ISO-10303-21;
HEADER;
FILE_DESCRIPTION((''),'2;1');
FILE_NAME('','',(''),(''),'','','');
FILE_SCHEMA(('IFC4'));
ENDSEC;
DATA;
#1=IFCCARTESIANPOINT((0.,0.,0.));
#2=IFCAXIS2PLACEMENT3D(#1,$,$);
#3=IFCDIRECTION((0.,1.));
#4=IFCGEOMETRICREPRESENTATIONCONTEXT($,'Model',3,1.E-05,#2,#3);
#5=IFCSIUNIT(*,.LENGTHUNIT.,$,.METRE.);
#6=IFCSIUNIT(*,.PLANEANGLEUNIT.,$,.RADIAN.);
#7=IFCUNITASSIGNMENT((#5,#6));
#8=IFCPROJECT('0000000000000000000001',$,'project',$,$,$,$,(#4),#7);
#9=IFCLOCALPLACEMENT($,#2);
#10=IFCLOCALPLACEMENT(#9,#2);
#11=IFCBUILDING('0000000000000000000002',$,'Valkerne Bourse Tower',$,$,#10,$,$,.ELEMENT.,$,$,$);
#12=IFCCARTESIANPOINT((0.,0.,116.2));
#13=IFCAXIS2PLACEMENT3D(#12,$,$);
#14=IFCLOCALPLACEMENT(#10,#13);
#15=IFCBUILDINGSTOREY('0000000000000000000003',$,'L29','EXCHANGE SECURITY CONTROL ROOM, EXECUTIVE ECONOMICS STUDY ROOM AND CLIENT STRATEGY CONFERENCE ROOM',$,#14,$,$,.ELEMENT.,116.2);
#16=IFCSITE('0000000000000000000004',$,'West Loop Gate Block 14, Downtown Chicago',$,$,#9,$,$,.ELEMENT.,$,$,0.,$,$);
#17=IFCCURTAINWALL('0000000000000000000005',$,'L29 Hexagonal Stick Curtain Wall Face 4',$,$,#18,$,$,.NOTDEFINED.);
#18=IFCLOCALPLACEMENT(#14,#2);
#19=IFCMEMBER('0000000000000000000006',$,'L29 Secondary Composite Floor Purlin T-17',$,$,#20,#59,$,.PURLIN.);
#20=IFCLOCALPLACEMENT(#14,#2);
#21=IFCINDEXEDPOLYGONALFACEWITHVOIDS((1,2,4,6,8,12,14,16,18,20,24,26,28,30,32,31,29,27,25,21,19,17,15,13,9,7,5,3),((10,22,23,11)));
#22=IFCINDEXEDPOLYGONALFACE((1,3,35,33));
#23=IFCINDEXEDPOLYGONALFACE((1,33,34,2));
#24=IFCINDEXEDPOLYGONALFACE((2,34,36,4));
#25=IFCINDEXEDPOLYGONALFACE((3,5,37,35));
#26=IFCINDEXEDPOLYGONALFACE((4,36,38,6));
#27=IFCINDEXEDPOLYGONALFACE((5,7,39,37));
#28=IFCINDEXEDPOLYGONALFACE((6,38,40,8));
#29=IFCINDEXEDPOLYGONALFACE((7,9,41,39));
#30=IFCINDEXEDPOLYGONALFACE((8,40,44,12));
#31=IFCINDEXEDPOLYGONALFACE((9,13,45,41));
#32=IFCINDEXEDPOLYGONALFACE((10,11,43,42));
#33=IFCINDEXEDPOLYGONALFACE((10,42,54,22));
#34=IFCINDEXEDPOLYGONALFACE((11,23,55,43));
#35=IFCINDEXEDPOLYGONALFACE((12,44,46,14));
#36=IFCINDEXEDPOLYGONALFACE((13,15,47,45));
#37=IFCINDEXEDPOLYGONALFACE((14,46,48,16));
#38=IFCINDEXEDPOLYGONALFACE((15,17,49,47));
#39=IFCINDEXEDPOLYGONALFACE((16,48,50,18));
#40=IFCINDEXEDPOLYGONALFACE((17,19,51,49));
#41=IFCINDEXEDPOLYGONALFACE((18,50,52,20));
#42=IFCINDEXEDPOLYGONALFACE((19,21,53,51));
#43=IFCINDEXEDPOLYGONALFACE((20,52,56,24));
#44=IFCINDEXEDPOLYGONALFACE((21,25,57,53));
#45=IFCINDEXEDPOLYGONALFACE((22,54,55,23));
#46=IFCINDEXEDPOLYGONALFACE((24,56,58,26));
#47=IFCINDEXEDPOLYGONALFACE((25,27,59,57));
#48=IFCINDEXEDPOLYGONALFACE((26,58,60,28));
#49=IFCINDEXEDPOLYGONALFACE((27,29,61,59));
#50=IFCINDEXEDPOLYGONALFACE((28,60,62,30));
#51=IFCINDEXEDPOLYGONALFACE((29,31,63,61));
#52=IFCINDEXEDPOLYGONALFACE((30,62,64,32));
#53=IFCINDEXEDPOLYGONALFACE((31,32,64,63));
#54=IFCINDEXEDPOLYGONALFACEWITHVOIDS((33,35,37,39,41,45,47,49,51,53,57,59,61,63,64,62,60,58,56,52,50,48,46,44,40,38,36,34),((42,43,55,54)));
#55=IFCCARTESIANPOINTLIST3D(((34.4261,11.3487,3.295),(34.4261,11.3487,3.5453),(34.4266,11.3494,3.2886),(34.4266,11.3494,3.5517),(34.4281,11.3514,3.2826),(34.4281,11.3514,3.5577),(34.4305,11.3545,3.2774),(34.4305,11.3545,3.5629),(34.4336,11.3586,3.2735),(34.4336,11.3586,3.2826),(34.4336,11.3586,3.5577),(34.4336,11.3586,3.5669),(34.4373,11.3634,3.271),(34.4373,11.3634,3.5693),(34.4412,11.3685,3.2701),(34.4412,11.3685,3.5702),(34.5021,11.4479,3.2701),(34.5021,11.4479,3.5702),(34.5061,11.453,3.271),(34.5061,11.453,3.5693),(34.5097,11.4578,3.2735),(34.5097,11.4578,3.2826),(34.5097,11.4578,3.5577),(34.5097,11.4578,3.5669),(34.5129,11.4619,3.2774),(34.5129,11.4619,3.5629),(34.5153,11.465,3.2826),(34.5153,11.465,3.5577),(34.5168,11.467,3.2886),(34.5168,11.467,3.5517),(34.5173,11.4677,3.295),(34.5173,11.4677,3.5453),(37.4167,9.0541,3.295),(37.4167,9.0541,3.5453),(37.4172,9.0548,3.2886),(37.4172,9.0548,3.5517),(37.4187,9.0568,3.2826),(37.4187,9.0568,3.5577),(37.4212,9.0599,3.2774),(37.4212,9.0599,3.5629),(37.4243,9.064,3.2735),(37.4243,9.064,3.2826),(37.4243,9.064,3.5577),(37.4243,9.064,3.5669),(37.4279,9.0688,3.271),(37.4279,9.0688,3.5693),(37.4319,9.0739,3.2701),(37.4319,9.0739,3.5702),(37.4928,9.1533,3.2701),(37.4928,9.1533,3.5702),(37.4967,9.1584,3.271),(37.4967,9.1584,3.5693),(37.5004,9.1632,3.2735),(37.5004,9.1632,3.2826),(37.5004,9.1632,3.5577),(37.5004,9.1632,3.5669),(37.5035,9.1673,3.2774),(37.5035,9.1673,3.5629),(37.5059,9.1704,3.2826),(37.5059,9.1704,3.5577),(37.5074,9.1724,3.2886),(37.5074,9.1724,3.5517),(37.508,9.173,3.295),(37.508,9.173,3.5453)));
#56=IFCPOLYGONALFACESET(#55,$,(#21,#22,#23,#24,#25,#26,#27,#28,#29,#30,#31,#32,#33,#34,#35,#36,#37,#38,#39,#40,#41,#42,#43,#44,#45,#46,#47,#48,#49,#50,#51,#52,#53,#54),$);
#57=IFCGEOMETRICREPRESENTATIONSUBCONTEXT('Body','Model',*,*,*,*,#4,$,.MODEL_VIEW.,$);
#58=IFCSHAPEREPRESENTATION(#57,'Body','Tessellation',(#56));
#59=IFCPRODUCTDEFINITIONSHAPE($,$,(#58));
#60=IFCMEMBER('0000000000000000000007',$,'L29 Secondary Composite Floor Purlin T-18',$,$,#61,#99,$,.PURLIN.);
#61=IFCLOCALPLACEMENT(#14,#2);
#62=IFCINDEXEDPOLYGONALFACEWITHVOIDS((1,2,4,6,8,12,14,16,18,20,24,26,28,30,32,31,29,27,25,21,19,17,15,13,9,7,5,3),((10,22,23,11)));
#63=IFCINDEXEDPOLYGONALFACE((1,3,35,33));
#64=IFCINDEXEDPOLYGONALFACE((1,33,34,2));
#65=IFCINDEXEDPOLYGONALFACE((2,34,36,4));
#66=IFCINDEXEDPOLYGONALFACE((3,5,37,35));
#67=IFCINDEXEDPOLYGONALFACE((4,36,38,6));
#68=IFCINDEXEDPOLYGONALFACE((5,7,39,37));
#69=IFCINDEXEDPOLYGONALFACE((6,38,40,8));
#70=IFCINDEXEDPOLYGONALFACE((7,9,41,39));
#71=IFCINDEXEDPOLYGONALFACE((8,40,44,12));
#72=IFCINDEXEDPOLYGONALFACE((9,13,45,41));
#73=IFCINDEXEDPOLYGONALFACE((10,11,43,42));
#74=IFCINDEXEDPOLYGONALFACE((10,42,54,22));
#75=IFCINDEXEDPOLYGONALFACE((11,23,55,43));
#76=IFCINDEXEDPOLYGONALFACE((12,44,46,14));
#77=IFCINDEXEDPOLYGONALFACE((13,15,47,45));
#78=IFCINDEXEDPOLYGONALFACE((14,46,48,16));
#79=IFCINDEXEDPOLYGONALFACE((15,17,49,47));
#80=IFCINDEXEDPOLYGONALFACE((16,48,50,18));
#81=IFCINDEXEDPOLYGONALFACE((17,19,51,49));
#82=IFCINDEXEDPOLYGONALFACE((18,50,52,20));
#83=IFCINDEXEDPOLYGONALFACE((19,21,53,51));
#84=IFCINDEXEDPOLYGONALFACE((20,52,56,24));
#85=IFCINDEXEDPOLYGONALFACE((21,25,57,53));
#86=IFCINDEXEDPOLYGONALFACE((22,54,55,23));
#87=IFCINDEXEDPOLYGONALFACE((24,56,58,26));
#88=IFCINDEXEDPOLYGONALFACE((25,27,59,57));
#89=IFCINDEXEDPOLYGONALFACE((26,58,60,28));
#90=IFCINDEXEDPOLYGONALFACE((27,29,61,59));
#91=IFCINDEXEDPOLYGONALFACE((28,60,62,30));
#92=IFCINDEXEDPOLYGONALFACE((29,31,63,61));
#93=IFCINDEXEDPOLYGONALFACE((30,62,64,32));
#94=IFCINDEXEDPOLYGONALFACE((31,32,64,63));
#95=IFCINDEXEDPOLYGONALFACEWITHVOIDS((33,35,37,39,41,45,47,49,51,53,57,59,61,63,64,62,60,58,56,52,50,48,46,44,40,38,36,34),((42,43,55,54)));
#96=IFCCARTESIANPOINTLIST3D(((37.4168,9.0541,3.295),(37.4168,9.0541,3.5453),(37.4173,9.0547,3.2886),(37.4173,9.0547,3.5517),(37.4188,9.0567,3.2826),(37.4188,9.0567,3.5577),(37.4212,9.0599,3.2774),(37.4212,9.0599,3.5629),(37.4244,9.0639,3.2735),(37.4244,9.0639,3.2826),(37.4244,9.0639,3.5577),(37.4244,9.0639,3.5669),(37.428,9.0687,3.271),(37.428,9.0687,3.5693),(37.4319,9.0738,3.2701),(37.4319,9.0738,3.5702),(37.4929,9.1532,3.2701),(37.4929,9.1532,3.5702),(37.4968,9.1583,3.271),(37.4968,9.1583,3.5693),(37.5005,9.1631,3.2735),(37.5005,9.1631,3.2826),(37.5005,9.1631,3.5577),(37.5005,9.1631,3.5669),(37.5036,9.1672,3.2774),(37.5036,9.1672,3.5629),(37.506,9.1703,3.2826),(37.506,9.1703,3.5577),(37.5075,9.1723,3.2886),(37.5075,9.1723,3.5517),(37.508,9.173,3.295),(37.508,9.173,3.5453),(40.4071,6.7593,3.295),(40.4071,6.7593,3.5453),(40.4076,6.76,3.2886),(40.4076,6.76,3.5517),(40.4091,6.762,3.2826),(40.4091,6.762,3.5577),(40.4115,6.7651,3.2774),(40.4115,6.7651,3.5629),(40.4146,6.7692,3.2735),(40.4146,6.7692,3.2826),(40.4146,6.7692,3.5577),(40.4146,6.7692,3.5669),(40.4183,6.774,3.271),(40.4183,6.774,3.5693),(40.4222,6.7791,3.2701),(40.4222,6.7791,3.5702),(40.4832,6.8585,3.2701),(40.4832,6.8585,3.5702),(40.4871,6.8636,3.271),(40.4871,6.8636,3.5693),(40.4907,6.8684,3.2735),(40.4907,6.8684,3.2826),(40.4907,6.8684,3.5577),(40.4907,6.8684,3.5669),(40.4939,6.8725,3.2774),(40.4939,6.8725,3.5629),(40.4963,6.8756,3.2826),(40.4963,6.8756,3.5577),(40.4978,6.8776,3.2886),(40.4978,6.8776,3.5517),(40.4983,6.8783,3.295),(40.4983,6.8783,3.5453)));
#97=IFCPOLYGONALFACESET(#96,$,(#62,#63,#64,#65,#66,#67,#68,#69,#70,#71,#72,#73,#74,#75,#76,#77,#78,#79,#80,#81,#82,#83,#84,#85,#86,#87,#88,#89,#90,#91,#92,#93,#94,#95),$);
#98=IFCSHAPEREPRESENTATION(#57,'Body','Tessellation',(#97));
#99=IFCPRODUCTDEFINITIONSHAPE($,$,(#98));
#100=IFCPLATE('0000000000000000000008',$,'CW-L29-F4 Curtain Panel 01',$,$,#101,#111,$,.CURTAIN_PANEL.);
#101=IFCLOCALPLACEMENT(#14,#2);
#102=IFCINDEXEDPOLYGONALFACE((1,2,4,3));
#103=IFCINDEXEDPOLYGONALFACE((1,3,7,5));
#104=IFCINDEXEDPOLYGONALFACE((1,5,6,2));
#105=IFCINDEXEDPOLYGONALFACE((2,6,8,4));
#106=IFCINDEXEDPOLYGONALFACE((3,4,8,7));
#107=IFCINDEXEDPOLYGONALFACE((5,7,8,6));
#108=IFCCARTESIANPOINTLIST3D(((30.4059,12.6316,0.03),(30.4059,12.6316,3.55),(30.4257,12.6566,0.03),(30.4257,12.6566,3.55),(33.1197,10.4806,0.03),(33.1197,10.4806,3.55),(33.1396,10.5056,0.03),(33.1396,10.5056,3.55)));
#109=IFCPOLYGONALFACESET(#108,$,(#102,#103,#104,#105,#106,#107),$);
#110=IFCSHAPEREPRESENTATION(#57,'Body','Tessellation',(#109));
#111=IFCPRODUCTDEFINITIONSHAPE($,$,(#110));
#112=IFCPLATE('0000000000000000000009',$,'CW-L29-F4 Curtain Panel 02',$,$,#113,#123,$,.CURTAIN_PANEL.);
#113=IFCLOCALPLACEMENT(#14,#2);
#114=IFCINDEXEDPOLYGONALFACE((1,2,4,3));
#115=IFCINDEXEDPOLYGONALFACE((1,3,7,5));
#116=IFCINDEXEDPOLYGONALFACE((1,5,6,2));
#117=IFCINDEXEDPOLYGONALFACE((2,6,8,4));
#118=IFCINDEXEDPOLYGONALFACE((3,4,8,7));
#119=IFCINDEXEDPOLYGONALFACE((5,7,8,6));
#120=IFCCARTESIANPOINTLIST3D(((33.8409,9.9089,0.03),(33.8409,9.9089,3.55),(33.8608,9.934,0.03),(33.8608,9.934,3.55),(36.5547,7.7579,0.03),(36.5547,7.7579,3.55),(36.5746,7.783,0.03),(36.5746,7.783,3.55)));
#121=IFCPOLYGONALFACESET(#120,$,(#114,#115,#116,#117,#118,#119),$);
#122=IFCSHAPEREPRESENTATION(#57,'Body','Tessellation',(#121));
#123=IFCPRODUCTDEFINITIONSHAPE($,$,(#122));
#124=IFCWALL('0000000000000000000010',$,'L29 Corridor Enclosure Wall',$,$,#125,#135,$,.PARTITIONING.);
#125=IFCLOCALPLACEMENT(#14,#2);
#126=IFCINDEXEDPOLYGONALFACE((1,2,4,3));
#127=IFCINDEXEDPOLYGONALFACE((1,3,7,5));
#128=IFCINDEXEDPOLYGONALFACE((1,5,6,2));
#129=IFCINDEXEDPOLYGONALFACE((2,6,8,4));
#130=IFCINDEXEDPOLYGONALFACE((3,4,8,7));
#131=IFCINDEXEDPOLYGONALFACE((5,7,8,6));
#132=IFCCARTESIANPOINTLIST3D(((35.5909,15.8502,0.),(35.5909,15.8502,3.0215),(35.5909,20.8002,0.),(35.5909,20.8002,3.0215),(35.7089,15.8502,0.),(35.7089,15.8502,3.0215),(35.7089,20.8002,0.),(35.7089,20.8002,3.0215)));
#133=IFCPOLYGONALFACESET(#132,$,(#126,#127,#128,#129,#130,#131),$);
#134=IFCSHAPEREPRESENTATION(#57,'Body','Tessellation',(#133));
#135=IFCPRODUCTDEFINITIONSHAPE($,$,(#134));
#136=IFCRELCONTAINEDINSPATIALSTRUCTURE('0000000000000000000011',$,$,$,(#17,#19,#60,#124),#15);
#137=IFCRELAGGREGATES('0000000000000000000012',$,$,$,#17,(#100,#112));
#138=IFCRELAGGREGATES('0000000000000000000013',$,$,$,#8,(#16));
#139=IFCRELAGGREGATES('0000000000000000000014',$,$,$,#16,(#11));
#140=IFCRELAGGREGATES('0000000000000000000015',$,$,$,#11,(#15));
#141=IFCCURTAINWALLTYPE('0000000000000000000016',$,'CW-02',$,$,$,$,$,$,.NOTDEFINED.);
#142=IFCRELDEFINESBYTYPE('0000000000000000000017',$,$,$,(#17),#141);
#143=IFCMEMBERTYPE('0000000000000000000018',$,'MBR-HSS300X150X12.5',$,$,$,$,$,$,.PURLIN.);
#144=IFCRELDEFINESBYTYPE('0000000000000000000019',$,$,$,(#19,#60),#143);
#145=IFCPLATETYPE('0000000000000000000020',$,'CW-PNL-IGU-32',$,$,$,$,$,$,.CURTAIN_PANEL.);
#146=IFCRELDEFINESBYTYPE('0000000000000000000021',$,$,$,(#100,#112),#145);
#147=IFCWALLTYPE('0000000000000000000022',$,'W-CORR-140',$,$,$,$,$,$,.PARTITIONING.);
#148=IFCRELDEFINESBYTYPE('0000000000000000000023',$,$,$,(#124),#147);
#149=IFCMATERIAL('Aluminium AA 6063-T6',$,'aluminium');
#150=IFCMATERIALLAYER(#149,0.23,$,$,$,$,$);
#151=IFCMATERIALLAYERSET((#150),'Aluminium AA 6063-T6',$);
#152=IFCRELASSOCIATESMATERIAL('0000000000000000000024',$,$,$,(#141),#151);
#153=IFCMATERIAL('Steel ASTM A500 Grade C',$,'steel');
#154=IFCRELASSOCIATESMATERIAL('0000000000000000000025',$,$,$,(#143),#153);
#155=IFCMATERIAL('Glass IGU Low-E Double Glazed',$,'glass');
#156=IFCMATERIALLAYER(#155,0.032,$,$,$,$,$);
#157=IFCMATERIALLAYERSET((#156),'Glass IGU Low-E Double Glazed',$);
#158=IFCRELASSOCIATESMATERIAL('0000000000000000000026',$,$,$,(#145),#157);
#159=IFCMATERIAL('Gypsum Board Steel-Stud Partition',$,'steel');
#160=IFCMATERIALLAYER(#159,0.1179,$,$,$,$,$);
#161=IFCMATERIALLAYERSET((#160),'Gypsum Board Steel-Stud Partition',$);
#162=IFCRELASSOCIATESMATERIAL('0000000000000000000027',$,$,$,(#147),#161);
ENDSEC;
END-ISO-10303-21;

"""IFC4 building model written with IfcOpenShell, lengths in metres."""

from ifc_helpers import new_model, si_unit, direction, frame, frame_2d, origin, origin_2d, place, context, subcontext, project, spatial, rectangle, hollow_rectangle, extrude, material, layer, layer_set, material_profile, profile_set, type_object, element, aggregate, save


model = new_model("IFC4")

# Units and contexts
model_context = context("Model", 3, precision=1e-05, world=origin(), true_north=direction((0.0, 1.0)))
body_context = subcontext(model_context, "Body", "Model", "MODEL_VIEW")
ifc_project = project(units=[si_unit("LENGTHUNIT", "METRE"), si_unit("PLANEANGLEUNIT", "RADIAN")], contexts=[model_context])

# Site, building, storey
site_placement = place(None, origin())
site = spatial("IfcSite", under=ifc_project, at=site_placement, Name="West Loop Gate Block 14, Downtown Chicago", CompositionType="ELEMENT", RefElevation=0.0)
building_placement = place(site_placement, origin())
building = spatial("IfcBuilding", under=site, at=building_placement, Name="Valkerne Bourse Tower", CompositionType="ELEMENT")
storey_placement = place(building_placement, frame((0.0, 0.0, 116.2)))
storey = spatial("IfcBuildingStorey", under=building, at=storey_placement, Name="L29", Description="EXCHANGE SECURITY CONTROL ROOM, EXECUTIVE ECONOMICS STUDY ROOM AND CLIENT STRATEGY CONFERENCE ROOM", CompositionType="ELEMENT", Elevation=116.2)

# Curtain wall
ifc_material_1 = material(Name="Aluminium AA 6063-T6", Category="aluminium")
ifc_layer_1 = layer(ifc_material_1, 0.23)
ifc_layer_set_1 = layer_set([ifc_layer_1], Name="Aluminium AA 6063-T6")
curtain_wall_type = type_object("IfcCurtainWallType", Name="CW-02", PredefinedType="NOTDEFINED", material=ifc_layer_set_1)
curtain_wall_placement = place(storey_placement, origin())
curtain_wall = element("IfcCurtainWall", 1, at=curtain_wall_placement, inside=storey, type_object=curtain_wall_type, Name="L29 Hexagonal Stick Curtain Wall Face 4", PredefinedType="NOTDEFINED")

# Members
ifc_material_2 = material(Name="Steel ASTM A500 Grade C", Category="steel")
ifc_material_profile_1 = material_profile(ifc_material_2, hollow_rectangle(XDim=0.1499, YDim=0.3, WallThickness=0.0125, OuterFilletRadius=0.0249, at=origin_2d()), Name="HSS300X150X12.5")
ifc_profile_set_1 = profile_set([ifc_material_profile_1], Name="Steel ASTM A500 Grade C")
member_type_1 = type_object("IfcMemberType", Name="MBR-HSS300X150X12.5", PredefinedType="PURLIN", material=ifc_profile_set_1)
member_1_placement = place(storey_placement, frame((34.4717, 11.4082, 3.4202), z_axis=(0.793377, -0.608731, 0.0), x_axis=(0.608731, 0.793377, 0.0)))
element("IfcMember", 2, at=member_1_placement, inside=storey, type_object=member_type_1, Name="L29 Secondary Composite Floor Purlin T-17", PredefinedType="PURLIN", context=body_context, shape_type="SweptSolid", body=[
    extrude(hollow_rectangle(XDim=0.1499, YDim=0.3, WallThickness=0.0125, OuterFilletRadius=0.0249, at=origin_2d()), origin(), (0.0, 0.0, 1.0), 3.7695),
])
member_2_placement = place(storey_placement, frame((37.4624, 9.1135, 3.4202), z_axis=(0.793329, -0.608793, 0.0), x_axis=(0.608793, 0.793329, 0.0)))
element("IfcMember", 3, at=member_2_placement, inside=storey, type_object=member_type_1, Name="L29 Secondary Composite Floor Purlin T-18", PredefinedType="PURLIN", context=body_context, shape_type="SweptSolid", body=[
    extrude(hollow_rectangle(XDim=0.1499, YDim=0.3, WallThickness=0.0125, OuterFilletRadius=0.0249, at=origin_2d()), origin(), (0.0, 0.0, 1.0), 3.7693),
])

# Plates
ifc_material_3 = material(Name="Glass IGU Low-E Double Glazed", Category="glass")
ifc_layer_2 = layer(ifc_material_3, 0.032)
ifc_layer_set_2 = layer_set([ifc_layer_2], Name="Glass IGU Low-E Double Glazed")
plate_type = type_object("IfcPlateType", Name="CW-PNL-IGU-32", PredefinedType="CURTAIN_PANEL", material=ifc_layer_set_2)
plate_1_placement = place(storey_placement, frame((31.7727, 11.5686, 0.03), z_axis=(0.0, 0.0, 1.0), x_axis=(0.78369, -0.621152, 0.0)))
plate_1 = element("IfcPlate", 4, at=plate_1_placement, type_object=plate_type, Name="CW-L29-F4 Curtain Panel 01", PredefinedType="CURTAIN_PANEL", context=body_context, shape_type="SweptSolid", body=[
    extrude(rectangle(XDim=3.4629, YDim=0.032, at=origin_2d()), origin(), (0.0, 0.0, 1.0), 3.52),
])
plate_2_placement = place(storey_placement, frame((35.2078, 8.8459, 0.03), z_axis=(0.0, 0.0, 1.0), x_axis=(0.78369, -0.621152, 0.0)))
plate_2 = element("IfcPlate", 5, at=plate_2_placement, type_object=plate_type, Name="CW-L29-F4 Curtain Panel 02", PredefinedType="CURTAIN_PANEL", context=body_context, shape_type="SweptSolid", body=[
    extrude(rectangle(XDim=3.4629, YDim=0.032, at=origin_2d()), origin(), (0.0, 0.0, 1.0), 3.52),
])
aggregate(curtain_wall, [plate_1, plate_2])

# Wall
ifc_material_4 = material(Name="Gypsum Board Steel-Stud Partition", Category="steel")
ifc_layer_3 = layer(ifc_material_4, 0.1179)
ifc_layer_set_3 = layer_set([ifc_layer_3], Name="Gypsum Board Steel-Stud Partition")
wall_type = type_object("IfcWallType", Name="W-CORR-140", PredefinedType="PARTITIONING", material=ifc_layer_set_3)
wall_placement = place(storey_placement, frame((35.6499, 15.8501, 0.0), z_axis=(0.0, 0.0, 1.0), x_axis=(0.0, 1.0, 0.0)))
element("IfcWall", 6, at=wall_placement, inside=storey, type_object=wall_type, Name="L29 Corridor Enclosure Wall", PredefinedType="PARTITIONING", context=body_context, shape_type="SweptSolid", body=[
    extrude(rectangle(XDim=4.95, YDim=0.1179, at=frame_2d((2.4751, 0.0))), origin(), (0.0, 0.0, 1.0), 3.0215),
])

save(model, "model.ifc")
